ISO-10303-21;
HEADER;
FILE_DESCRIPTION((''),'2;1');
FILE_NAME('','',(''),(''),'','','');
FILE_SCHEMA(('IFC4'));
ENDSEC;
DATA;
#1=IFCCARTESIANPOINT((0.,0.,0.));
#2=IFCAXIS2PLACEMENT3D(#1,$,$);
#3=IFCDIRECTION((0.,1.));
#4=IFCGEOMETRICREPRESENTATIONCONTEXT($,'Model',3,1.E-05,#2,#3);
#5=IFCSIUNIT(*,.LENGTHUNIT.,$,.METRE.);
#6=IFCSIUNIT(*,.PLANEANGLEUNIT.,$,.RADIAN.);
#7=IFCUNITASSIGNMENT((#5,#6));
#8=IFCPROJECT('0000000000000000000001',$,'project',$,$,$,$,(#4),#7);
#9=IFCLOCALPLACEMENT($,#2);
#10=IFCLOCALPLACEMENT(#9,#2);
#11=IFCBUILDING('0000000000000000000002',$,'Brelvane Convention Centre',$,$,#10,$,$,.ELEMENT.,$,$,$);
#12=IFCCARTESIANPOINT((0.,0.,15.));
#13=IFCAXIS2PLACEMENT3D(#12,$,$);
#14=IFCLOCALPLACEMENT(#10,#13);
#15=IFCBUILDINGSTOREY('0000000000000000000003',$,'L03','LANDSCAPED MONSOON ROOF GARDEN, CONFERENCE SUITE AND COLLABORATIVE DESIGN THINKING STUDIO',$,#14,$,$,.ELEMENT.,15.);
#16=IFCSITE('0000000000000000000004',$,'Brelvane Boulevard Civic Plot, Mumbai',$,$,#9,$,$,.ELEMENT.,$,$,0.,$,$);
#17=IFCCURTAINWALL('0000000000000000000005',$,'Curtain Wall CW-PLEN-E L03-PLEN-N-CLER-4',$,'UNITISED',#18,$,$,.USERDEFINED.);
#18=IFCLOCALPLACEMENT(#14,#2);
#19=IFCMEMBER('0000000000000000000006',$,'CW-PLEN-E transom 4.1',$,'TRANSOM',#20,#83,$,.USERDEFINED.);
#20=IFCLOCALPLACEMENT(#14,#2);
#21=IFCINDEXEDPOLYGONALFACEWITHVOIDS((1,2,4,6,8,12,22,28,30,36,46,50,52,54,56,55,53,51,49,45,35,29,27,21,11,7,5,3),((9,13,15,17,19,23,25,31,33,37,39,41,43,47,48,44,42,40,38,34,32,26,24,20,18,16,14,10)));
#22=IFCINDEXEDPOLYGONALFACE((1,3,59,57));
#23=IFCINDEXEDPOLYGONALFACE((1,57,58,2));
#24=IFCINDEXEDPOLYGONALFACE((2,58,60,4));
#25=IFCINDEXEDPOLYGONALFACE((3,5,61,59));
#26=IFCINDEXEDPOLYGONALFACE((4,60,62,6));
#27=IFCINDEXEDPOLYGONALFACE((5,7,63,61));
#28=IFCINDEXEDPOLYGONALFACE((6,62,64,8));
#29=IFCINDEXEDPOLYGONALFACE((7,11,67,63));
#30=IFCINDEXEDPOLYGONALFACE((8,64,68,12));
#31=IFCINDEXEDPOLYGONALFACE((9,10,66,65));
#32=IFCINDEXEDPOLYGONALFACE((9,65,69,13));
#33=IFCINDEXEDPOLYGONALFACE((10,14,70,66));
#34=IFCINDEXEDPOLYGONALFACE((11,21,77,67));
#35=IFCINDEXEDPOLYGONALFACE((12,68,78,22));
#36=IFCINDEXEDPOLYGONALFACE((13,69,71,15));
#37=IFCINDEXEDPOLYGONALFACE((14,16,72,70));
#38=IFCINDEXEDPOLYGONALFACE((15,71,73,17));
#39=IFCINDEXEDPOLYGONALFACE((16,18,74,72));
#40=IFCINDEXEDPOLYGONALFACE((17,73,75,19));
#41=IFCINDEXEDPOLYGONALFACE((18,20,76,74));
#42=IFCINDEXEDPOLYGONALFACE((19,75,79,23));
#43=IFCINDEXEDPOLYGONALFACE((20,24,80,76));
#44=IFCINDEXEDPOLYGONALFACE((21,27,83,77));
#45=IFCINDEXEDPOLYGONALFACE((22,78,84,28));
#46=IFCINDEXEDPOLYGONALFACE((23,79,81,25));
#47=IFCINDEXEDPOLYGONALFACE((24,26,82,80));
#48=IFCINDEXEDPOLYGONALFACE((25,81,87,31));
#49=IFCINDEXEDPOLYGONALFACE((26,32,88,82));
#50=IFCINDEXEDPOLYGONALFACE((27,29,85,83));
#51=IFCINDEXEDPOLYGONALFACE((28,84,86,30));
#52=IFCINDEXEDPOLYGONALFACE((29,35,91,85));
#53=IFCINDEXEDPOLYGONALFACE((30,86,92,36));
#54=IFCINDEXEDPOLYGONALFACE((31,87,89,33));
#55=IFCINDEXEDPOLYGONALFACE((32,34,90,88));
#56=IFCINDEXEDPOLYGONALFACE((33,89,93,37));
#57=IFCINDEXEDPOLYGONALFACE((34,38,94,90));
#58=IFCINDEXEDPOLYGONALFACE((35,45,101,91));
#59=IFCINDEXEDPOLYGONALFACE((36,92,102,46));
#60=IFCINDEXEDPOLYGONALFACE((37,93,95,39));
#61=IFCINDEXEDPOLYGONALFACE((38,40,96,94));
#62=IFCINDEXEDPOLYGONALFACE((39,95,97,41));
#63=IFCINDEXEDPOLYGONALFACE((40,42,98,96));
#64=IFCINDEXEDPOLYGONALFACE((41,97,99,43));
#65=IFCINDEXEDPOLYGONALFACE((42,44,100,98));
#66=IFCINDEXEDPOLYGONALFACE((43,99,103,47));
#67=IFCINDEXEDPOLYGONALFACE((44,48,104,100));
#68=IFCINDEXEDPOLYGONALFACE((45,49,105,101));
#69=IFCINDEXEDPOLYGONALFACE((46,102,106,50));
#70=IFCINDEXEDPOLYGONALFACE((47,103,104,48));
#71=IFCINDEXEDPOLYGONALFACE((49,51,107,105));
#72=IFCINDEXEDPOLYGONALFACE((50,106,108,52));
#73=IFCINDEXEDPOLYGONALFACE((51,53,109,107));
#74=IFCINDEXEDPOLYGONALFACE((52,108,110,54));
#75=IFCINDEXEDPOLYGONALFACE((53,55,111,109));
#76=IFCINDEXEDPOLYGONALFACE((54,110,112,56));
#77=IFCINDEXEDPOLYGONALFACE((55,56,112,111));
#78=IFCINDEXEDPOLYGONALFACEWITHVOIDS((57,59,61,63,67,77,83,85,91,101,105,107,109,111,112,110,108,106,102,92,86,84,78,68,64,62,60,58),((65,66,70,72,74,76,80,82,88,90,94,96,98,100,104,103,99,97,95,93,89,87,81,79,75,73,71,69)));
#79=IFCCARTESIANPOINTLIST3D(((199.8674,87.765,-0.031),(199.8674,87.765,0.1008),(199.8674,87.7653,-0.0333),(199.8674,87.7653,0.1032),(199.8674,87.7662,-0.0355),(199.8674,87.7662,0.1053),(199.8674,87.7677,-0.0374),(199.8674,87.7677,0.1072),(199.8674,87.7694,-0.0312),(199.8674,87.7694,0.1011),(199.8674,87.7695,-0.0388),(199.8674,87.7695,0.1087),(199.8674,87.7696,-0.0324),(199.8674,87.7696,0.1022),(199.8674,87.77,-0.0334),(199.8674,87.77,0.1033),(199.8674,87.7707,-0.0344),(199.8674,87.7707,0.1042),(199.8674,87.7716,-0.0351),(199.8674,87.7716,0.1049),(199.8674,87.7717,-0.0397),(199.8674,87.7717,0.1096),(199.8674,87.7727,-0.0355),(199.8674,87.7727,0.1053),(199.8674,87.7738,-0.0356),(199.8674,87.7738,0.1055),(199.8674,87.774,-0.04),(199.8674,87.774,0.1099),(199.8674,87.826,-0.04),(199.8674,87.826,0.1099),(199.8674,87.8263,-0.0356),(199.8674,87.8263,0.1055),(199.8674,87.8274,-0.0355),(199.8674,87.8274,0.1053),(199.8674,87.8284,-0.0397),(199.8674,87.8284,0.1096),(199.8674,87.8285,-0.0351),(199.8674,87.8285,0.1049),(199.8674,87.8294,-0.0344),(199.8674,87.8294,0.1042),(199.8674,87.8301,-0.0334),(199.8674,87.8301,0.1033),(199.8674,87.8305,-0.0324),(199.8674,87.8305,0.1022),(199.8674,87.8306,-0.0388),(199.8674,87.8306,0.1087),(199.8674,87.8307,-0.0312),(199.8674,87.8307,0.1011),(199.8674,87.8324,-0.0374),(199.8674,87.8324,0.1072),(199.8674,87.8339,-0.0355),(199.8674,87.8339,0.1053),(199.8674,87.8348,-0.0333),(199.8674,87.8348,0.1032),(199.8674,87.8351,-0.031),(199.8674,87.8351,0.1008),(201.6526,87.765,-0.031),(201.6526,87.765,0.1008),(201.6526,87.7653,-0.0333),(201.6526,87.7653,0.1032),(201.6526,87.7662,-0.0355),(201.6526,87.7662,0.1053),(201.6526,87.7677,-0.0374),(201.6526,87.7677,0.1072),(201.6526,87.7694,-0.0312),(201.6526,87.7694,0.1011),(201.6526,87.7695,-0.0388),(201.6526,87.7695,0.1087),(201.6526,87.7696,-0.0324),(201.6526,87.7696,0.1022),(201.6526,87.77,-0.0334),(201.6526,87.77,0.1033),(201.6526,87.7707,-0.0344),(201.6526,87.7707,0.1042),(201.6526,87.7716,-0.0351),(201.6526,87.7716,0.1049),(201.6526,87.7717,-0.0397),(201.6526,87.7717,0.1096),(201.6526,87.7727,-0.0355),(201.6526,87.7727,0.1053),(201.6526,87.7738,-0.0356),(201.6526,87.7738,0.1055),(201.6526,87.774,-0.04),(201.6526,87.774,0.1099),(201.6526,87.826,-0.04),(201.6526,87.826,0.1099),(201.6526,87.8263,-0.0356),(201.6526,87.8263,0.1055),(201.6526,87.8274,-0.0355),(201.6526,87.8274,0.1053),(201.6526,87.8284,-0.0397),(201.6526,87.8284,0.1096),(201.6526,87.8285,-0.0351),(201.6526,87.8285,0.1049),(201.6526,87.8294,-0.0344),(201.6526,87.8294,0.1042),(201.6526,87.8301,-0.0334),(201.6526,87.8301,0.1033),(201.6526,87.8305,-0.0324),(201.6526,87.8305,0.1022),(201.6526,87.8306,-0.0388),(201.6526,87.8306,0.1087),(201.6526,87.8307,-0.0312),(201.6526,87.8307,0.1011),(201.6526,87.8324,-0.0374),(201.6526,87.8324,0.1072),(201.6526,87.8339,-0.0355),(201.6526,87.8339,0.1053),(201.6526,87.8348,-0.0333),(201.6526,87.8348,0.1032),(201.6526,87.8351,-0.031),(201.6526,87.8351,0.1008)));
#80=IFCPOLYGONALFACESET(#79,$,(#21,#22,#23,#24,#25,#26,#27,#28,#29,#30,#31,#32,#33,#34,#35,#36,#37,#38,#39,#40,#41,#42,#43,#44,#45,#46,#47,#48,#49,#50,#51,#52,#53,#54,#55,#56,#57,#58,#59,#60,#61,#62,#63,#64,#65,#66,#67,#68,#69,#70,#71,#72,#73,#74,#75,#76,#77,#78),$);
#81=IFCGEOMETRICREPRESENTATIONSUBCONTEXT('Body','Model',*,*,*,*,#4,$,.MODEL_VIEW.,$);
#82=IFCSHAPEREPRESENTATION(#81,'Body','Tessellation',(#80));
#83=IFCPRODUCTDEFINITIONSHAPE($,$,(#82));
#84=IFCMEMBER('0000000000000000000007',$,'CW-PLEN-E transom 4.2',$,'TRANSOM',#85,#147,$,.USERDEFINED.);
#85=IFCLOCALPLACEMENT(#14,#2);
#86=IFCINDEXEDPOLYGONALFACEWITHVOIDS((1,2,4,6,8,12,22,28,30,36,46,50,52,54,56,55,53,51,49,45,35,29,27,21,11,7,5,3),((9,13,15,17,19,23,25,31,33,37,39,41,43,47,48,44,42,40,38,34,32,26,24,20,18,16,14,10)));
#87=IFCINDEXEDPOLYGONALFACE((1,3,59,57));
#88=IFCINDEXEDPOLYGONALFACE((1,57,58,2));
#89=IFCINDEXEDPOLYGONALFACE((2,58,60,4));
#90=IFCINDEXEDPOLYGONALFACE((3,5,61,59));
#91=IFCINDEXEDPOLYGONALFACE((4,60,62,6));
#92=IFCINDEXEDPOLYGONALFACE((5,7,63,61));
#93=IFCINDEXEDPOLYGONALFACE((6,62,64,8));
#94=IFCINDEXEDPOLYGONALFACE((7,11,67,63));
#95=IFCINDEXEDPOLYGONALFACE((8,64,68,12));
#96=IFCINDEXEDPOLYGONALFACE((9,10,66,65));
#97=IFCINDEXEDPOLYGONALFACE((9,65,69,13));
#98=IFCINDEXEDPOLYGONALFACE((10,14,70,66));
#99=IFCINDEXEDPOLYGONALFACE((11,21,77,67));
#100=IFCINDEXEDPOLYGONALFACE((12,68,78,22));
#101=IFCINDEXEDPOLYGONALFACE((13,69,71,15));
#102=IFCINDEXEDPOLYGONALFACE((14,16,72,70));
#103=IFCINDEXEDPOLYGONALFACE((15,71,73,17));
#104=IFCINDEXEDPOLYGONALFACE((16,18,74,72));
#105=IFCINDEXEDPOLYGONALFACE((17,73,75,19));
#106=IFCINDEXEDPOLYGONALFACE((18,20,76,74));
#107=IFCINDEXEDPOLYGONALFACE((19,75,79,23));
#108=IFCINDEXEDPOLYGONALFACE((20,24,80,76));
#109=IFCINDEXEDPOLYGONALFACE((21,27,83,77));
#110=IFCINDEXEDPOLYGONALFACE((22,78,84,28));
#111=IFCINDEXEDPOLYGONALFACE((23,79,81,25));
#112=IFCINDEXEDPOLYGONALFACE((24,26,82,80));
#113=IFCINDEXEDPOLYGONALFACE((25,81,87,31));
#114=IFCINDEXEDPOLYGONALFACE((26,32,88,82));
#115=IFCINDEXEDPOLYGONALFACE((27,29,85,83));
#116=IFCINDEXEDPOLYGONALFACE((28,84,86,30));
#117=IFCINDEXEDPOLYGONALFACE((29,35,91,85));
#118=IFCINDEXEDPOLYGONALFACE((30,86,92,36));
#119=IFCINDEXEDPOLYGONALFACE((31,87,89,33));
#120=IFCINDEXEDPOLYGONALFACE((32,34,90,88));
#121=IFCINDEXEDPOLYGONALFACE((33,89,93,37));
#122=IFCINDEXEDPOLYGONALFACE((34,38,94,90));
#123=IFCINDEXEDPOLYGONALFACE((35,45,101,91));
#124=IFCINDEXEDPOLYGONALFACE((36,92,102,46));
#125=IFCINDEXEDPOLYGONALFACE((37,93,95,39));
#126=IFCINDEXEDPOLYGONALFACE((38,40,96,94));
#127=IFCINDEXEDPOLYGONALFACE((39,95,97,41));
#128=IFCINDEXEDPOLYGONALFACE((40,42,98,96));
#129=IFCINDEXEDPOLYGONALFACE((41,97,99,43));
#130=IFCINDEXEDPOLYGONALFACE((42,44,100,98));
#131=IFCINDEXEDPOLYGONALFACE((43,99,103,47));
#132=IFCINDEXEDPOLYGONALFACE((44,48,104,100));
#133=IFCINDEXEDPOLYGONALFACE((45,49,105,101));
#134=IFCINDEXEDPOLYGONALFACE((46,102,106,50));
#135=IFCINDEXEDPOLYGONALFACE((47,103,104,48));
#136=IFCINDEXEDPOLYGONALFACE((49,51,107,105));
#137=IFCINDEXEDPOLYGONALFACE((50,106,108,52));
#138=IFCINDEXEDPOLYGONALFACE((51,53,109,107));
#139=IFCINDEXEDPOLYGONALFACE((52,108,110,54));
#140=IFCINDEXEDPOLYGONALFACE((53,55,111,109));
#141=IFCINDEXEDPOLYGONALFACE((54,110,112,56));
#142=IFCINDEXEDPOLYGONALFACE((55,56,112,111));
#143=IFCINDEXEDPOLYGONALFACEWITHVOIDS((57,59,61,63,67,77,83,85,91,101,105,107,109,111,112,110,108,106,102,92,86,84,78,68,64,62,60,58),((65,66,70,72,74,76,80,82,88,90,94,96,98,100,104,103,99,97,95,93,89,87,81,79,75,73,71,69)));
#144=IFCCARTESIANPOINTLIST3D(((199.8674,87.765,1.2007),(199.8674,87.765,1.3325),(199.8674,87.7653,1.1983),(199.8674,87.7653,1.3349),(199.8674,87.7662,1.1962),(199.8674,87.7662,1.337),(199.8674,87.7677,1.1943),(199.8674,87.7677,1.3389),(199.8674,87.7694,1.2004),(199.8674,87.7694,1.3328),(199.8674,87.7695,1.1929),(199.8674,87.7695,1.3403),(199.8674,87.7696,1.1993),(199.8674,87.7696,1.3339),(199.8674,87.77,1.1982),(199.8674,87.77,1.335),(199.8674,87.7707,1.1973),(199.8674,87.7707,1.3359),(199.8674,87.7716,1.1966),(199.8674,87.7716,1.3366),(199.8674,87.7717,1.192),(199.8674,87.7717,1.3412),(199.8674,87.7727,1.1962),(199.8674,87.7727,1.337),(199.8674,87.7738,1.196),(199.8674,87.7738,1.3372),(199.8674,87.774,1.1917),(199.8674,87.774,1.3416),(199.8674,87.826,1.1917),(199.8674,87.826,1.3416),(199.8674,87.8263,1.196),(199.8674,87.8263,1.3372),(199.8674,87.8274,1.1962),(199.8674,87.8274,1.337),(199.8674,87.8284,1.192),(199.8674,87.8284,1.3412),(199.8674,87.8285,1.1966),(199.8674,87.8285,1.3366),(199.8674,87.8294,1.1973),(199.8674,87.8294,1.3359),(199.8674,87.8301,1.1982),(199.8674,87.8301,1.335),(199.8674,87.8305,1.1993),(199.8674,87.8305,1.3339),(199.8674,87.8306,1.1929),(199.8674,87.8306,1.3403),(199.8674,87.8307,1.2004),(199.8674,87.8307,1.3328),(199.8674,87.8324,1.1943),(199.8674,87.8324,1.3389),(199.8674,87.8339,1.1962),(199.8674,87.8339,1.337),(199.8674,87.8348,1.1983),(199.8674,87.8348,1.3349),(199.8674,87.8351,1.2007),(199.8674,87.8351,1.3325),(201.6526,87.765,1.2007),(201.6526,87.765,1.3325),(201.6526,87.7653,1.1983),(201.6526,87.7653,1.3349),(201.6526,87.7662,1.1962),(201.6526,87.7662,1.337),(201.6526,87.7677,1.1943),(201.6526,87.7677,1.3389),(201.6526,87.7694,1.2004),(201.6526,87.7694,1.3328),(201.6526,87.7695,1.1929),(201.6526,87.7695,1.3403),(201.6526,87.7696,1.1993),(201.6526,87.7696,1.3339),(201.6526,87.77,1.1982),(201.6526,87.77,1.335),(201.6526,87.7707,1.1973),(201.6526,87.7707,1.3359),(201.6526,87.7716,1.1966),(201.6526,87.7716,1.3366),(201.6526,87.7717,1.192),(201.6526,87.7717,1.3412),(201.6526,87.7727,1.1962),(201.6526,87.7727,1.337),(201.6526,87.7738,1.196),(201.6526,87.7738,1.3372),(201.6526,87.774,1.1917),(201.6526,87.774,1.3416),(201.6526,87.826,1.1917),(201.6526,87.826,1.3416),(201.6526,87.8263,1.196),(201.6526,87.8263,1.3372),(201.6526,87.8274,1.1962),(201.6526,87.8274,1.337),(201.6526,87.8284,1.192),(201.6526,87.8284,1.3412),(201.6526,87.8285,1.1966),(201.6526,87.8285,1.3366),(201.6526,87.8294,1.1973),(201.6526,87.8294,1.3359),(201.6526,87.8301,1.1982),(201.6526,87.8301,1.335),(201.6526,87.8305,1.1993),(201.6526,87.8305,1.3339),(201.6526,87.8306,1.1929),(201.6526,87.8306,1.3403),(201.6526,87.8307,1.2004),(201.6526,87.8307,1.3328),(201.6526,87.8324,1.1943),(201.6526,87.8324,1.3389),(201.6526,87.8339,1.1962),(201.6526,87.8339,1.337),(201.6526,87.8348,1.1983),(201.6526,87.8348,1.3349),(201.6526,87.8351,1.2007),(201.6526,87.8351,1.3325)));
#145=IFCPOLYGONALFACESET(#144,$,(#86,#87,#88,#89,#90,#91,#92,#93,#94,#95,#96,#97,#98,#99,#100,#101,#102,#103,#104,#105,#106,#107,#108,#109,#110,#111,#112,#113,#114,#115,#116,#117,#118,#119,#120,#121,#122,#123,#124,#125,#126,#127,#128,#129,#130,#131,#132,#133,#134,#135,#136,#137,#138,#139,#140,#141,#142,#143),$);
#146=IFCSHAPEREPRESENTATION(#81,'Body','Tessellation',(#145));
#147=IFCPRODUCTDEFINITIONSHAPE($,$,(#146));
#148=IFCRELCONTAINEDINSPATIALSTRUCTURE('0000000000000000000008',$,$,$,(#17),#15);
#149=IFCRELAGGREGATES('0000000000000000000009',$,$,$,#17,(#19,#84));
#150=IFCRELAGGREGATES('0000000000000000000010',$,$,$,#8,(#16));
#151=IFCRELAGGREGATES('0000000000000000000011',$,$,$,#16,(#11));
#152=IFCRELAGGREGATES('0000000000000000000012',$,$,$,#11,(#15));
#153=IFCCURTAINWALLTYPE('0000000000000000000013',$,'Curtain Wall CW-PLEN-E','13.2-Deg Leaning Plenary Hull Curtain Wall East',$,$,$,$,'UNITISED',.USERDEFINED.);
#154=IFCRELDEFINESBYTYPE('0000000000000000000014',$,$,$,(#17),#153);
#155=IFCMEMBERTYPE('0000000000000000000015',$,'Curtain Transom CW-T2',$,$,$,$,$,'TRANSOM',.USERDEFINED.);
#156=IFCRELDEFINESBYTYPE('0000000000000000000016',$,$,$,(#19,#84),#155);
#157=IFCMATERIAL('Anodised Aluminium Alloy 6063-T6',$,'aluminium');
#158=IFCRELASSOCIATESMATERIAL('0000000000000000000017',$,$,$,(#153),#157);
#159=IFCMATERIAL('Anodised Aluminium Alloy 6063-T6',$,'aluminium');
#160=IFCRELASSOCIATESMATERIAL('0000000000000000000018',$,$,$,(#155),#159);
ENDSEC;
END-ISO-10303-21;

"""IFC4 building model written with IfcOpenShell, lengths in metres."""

from ifc_helpers import new_model, si_unit, direction, frame, origin, origin_2d, place, context, subcontext, project, spatial, hollow_rectangle, extrude, material, material_profile, profile_set, type_object, element, aggregate, save


model = new_model("IFC4")

# Units and contexts
model_context = context("Model", 3, precision=1e-05, world=origin(), true_north=direction((0.0, 1.0)))
body_context = subcontext(model_context, "Body", "Model", "MODEL_VIEW")
ifc_project = project(units=[si_unit("LENGTHUNIT", "METRE"), si_unit("PLANEANGLEUNIT", "RADIAN")], contexts=[model_context])

# Site, building, storey
site_placement = place(None, origin())
site = spatial("IfcSite", under=ifc_project, at=site_placement, Name="Brelvane Boulevard Civic Plot, Mumbai", CompositionType="ELEMENT", RefElevation=0.0)
building_placement = place(site_placement, origin())
building = spatial("IfcBuilding", under=site, at=building_placement, Name="Brelvane Convention Centre", CompositionType="ELEMENT")
storey_placement = place(building_placement, frame((0.0, 0.0, 15.0)))
storey = spatial("IfcBuildingStorey", under=building, at=storey_placement, Name="L03", Description="LANDSCAPED MONSOON ROOF GARDEN, CONFERENCE SUITE AND COLLABORATIVE DESIGN THINKING STUDIO", CompositionType="ELEMENT", Elevation=15.0)

# Curtain wall, members
ifc_material_1 = material(Name="Anodised Aluminium Alloy 6063-T6", Category="aluminium")
curtain_wall_type = type_object("IfcCurtainWallType", Name="Curtain Wall CW-PLEN-E", Description="13.2-Deg Leaning Plenary Hull Curtain Wall East", ElementType="UNITISED", PredefinedType="USERDEFINED", material=ifc_material_1)
curtain_wall_placement = place(storey_placement, origin())
curtain_wall = element("IfcCurtainWall", 1, at=curtain_wall_placement, inside=storey, type_object=curtain_wall_type, Name="Curtain Wall CW-PLEN-E L03-PLEN-N-CLER-4", ObjectType="UNITISED", PredefinedType="USERDEFINED")
ifc_material_2 = material(Name="Anodised Aluminium Alloy 6063-T6", Category="aluminium")
ifc_material_profile_1 = material_profile(ifc_material_2, hollow_rectangle(XDim=0.0701, YDim=0.1499, WallThickness=0.0044, InnerFilletRadius=0.0044, OuterFilletRadius=0.009, at=origin_2d()), Name="ALU-T 150x70x4.5")
ifc_profile_set_1 = profile_set([ifc_material_profile_1], Name="Anodised Aluminium Alloy 6063-T6")
member_type_1 = type_object("IfcMemberType", Name="Curtain Transom CW-T2", ElementType="TRANSOM", PredefinedType="USERDEFINED", material=ifc_profile_set_1)
member_1_placement = place(storey_placement, frame((199.8674, 87.8, 0.0349), z_axis=(1.0, 0.0, 0.0), x_axis=(0.0, 1.0, 0.0)))
member_1 = element("IfcMember", 2, at=member_1_placement, type_object=member_type_1, Name="CW-PLEN-E transom 4.1", ObjectType="TRANSOM", PredefinedType="USERDEFINED", context=body_context, shape_type="SweptSolid", body=[
    extrude(hollow_rectangle(XDim=0.0701, YDim=0.1499, WallThickness=0.0044, InnerFilletRadius=0.0044, OuterFilletRadius=0.009, at=origin_2d()), origin(), (0.0, 0.0, 1.0), 1.7852),
])
member_2_placement = place(storey_placement, frame((199.8674, 87.8, 1.2666), z_axis=(1.0, 0.0, 0.0), x_axis=(0.0, 1.0, 0.0)))
member_2 = element("IfcMember", 3, at=member_2_placement, type_object=member_type_1, Name="CW-PLEN-E transom 4.2", ObjectType="TRANSOM", PredefinedType="USERDEFINED", context=body_context, shape_type="SweptSolid", body=[
    extrude(hollow_rectangle(XDim=0.0701, YDim=0.1499, WallThickness=0.0044, InnerFilletRadius=0.0044, OuterFilletRadius=0.009, at=origin_2d()), origin(), (0.0, 0.0, 1.0), 1.7852),
])

aggregate(curtain_wall, [member_1, member_2])

save(model, "model.ifc")
